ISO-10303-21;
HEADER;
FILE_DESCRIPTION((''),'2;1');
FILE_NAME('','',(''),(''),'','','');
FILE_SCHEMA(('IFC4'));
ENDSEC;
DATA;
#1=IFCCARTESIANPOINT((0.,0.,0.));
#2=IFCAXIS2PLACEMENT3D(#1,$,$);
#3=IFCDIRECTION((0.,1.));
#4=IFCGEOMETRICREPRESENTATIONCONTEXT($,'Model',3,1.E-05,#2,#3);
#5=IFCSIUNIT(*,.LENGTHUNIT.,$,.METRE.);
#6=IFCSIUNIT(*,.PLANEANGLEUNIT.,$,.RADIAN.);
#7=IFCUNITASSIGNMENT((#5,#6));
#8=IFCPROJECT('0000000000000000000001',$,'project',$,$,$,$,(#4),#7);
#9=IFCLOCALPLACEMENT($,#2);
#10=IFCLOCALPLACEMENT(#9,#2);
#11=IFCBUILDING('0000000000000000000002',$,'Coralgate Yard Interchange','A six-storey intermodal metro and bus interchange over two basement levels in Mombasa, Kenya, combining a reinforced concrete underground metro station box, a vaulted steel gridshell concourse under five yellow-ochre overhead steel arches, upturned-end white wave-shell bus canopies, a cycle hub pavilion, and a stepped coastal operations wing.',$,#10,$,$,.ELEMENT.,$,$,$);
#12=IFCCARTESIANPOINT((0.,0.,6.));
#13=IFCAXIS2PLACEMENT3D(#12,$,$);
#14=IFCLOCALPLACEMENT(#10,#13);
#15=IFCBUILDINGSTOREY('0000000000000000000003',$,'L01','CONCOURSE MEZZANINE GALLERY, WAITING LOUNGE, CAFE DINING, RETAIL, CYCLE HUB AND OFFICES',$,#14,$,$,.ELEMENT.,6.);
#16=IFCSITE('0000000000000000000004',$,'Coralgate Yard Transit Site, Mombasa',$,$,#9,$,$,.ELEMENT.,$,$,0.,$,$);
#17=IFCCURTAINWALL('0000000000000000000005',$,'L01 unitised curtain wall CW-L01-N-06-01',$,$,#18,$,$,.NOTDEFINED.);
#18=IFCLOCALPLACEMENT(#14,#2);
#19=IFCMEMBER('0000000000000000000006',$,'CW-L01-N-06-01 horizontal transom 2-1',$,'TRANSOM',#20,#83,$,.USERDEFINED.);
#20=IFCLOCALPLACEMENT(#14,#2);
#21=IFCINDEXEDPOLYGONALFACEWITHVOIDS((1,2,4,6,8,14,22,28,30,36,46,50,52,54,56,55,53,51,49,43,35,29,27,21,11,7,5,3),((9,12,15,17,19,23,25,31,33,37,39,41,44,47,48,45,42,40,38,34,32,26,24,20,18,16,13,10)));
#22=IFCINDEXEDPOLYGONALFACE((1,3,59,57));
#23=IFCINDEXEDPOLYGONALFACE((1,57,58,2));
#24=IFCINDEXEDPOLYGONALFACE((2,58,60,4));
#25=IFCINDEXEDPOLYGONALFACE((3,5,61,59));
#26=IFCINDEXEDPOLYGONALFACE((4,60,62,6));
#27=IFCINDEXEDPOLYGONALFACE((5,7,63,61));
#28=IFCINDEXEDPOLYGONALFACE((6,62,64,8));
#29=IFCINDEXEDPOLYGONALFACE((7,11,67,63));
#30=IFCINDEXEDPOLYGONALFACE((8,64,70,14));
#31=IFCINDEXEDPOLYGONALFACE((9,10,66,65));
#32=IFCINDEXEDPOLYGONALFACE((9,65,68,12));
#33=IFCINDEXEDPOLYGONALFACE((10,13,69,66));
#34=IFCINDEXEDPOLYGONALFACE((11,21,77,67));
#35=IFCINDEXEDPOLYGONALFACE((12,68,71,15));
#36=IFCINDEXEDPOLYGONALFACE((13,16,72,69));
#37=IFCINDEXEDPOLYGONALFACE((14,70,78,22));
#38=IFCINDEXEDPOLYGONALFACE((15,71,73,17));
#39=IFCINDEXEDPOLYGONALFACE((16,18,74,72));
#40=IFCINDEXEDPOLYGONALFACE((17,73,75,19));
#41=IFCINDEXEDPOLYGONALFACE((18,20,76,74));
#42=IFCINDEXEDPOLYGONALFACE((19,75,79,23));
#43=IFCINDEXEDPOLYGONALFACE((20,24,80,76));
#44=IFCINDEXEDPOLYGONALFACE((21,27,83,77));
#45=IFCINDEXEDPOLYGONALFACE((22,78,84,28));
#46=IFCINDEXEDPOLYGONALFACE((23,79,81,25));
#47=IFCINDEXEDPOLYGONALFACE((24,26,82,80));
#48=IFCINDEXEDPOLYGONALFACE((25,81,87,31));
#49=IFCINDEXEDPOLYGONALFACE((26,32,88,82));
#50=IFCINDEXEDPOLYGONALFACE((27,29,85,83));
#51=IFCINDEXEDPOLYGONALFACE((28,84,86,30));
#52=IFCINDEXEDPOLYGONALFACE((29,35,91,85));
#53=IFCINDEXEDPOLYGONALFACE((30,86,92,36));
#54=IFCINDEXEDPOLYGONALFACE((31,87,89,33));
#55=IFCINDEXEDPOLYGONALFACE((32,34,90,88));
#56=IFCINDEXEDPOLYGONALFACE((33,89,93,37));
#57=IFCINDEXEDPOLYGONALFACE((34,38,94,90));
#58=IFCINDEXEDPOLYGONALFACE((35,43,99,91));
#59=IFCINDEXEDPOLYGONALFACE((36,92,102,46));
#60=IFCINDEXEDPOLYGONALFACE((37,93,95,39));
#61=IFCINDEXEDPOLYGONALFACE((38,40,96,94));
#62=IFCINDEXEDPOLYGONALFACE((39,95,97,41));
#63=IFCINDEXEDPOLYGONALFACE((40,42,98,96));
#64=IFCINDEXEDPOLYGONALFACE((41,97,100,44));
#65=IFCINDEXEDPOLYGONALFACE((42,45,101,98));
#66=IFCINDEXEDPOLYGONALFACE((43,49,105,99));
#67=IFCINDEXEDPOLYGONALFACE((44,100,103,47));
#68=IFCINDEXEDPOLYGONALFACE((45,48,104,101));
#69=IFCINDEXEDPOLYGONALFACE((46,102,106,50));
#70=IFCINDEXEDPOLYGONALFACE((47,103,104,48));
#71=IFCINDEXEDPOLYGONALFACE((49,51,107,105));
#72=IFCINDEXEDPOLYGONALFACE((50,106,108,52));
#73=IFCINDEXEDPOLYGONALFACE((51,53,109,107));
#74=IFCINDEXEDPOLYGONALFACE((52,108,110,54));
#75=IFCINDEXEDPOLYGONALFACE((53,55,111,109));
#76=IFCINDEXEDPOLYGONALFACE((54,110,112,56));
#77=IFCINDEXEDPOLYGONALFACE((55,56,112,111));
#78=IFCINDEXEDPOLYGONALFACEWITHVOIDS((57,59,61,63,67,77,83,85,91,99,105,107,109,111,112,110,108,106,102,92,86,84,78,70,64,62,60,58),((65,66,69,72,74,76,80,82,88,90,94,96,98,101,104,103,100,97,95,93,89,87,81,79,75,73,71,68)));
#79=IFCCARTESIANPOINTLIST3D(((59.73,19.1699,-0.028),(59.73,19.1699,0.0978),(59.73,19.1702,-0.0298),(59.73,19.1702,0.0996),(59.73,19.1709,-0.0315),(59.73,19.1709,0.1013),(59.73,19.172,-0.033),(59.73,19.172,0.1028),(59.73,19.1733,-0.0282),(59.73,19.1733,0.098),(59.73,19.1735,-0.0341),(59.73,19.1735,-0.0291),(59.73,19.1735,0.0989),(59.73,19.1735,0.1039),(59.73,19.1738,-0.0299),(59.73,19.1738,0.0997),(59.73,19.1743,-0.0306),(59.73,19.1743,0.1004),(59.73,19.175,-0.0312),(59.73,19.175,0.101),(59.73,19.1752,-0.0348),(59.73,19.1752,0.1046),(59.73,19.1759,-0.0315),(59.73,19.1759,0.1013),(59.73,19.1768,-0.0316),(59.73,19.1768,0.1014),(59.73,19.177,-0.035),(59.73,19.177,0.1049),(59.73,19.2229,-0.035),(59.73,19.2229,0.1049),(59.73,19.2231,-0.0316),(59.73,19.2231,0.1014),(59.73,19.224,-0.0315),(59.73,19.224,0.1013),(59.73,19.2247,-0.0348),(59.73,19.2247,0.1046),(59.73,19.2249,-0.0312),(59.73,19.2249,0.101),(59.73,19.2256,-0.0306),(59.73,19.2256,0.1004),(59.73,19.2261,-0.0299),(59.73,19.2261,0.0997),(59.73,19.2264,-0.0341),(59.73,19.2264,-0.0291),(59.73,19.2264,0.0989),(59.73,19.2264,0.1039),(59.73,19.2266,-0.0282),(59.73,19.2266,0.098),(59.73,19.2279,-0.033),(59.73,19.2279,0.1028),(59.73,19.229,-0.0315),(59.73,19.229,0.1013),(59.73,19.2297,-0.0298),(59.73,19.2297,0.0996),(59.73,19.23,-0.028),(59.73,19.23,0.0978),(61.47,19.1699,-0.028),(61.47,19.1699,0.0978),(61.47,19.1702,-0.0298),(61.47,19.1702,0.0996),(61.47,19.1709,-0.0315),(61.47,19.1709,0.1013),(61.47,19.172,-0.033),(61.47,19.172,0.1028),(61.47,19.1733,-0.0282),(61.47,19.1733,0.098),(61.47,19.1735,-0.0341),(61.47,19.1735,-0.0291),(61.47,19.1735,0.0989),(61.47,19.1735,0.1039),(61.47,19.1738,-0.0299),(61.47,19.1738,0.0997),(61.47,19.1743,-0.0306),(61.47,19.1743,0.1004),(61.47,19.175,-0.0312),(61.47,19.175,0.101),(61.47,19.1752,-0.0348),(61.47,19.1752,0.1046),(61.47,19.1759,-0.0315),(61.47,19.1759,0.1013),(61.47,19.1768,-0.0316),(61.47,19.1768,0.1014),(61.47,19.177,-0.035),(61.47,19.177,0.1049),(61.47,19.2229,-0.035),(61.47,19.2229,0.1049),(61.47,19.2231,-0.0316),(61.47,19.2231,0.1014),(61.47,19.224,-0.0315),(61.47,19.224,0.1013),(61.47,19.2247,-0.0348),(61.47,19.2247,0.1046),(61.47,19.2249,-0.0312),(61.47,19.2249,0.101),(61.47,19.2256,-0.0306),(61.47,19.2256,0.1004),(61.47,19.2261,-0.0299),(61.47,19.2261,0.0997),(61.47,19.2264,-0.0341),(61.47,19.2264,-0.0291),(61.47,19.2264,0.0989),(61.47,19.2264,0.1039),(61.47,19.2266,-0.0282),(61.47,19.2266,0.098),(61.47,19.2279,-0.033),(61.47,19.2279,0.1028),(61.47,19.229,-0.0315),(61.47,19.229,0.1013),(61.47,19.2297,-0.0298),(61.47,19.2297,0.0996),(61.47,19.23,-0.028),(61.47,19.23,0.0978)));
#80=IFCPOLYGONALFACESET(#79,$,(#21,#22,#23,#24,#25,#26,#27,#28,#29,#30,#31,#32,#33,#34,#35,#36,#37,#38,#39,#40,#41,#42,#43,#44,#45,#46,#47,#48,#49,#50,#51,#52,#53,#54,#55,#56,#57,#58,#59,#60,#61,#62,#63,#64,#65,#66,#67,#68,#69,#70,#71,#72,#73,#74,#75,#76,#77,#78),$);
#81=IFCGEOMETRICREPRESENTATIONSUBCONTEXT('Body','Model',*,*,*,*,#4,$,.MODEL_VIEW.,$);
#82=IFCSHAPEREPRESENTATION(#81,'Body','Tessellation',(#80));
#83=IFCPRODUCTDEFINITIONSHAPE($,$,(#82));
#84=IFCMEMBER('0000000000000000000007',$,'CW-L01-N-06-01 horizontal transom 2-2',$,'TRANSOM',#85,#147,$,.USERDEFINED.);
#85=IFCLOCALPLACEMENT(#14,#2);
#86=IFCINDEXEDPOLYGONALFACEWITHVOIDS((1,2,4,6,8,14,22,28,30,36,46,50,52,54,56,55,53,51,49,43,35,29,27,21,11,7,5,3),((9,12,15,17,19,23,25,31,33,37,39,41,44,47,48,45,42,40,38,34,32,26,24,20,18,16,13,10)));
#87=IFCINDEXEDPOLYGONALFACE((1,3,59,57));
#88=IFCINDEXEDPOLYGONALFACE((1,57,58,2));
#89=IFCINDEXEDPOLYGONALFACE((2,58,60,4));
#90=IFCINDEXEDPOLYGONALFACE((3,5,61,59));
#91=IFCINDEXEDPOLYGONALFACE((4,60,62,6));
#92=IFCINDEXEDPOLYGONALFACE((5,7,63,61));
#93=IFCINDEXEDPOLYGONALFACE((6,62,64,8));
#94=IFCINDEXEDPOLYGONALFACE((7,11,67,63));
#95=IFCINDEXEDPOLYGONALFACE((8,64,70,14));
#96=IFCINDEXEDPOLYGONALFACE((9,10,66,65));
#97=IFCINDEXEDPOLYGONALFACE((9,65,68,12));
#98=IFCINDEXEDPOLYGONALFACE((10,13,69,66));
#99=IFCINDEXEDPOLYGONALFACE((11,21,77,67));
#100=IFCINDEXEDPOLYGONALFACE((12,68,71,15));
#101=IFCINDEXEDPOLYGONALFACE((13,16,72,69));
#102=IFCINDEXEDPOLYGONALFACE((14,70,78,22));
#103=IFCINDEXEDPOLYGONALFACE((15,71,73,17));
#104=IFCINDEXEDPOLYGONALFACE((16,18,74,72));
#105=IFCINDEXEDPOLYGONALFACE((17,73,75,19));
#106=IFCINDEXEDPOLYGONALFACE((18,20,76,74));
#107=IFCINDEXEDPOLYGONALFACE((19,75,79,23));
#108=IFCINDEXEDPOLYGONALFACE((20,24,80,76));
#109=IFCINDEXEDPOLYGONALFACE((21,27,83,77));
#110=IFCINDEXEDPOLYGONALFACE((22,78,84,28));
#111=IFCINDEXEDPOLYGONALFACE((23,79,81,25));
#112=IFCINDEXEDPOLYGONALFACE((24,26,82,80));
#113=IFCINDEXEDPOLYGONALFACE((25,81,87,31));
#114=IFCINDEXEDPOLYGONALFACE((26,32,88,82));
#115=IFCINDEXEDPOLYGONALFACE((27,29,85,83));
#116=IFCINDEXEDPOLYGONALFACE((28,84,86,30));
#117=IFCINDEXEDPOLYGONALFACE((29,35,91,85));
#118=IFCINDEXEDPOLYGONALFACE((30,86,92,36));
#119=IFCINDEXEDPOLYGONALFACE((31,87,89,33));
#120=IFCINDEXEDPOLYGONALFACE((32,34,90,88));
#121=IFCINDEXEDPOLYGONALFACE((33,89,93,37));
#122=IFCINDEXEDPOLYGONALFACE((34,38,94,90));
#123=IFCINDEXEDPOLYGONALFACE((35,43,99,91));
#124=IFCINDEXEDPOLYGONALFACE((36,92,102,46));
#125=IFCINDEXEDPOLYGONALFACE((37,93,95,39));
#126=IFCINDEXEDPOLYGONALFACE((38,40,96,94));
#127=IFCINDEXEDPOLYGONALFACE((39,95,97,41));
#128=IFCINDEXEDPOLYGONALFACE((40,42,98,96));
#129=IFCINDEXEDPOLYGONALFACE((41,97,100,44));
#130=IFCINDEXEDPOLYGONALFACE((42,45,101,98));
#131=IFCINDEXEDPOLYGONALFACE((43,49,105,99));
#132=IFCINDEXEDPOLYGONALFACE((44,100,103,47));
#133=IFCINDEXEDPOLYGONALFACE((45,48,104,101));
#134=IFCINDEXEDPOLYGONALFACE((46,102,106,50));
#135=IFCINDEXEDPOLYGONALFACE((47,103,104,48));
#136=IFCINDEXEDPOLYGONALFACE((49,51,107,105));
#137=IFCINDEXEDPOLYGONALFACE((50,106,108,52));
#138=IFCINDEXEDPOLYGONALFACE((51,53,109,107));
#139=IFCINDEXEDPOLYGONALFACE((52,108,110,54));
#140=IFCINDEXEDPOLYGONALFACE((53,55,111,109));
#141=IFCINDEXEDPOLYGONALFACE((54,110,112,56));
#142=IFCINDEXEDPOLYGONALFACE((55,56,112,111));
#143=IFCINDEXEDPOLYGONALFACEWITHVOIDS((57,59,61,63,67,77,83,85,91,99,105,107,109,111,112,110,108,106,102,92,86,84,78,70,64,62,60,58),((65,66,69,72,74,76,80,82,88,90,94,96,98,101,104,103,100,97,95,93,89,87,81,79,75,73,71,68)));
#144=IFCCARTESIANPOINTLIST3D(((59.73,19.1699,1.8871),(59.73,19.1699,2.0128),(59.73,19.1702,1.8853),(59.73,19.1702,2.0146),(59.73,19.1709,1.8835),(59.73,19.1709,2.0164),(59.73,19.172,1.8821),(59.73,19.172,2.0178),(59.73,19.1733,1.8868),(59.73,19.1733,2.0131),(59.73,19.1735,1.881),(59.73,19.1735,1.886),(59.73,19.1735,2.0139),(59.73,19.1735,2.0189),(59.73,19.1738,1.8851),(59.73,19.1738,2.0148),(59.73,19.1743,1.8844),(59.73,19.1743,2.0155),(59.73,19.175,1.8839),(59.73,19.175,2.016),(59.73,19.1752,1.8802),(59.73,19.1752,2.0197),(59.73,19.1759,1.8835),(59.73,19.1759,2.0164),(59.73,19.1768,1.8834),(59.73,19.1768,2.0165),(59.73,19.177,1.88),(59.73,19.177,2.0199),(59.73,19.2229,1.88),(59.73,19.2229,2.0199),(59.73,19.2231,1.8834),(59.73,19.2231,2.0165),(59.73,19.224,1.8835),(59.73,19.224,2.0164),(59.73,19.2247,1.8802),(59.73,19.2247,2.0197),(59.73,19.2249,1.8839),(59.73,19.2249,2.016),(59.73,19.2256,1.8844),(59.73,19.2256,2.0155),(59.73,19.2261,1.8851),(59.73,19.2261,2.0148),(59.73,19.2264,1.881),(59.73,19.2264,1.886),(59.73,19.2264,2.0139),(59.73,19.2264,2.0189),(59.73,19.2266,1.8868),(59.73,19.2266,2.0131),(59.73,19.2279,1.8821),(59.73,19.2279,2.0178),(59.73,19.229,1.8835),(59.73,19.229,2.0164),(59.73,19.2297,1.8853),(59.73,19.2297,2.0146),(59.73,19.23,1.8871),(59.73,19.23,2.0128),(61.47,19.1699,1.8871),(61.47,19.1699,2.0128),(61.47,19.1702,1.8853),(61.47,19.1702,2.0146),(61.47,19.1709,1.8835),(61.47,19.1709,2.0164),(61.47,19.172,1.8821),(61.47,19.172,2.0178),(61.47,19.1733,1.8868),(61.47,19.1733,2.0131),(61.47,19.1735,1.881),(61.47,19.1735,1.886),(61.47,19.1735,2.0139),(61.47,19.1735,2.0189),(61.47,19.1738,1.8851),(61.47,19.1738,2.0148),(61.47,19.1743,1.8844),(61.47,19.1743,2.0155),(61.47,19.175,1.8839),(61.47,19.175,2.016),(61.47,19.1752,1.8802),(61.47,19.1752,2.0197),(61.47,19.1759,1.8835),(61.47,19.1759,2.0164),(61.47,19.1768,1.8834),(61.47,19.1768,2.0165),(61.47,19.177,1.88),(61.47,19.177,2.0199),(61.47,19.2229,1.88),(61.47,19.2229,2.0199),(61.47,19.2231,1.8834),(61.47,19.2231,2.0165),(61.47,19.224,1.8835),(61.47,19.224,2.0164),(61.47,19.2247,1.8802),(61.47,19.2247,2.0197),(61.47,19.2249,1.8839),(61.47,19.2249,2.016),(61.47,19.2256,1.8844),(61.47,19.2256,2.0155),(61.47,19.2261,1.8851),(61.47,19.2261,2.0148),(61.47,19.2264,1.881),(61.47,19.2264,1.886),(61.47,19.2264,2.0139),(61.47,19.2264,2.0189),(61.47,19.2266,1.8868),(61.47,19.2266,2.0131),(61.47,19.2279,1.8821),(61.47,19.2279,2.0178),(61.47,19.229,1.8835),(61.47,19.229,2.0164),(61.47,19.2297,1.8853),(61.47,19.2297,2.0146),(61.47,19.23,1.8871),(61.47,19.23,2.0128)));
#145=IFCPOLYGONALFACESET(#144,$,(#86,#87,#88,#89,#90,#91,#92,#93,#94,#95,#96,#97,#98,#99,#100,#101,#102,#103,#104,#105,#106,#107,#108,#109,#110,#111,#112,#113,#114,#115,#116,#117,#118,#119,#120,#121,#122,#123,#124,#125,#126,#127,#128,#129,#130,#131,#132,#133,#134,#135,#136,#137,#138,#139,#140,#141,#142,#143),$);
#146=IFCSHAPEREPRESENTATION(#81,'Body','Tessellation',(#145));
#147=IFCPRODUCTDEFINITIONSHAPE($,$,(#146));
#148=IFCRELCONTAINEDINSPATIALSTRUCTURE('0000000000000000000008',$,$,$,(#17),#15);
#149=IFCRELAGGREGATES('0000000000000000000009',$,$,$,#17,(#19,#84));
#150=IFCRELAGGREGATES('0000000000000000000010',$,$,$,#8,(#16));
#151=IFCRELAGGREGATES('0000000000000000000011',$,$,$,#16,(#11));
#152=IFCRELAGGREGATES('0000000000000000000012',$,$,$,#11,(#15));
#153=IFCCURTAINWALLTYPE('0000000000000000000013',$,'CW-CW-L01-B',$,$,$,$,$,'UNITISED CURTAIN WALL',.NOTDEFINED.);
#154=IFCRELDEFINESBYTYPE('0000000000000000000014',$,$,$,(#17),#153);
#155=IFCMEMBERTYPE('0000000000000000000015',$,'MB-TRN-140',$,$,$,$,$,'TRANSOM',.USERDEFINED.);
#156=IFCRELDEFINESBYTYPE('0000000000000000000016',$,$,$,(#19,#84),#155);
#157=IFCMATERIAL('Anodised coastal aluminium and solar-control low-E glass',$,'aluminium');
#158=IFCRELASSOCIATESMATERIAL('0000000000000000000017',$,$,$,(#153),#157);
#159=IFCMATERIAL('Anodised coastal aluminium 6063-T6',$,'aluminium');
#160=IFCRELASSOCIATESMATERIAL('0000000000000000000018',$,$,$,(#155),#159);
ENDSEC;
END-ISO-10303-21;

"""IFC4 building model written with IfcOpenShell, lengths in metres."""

from ifc_helpers import new_model, si_unit, direction, frame, origin, origin_2d, place, context, subcontext, project, spatial, hollow_rectangle, extrude, material, material_profile, profile_set, type_object, element, aggregate, save


model = new_model("IFC4")

# Units and contexts
model_context = context("Model", 3, precision=1e-05, world=origin(), true_north=direction((0.0, 1.0)))
body_context = subcontext(model_context, "Body", "Model", "MODEL_VIEW")
ifc_project = project(units=[si_unit("LENGTHUNIT", "METRE"), si_unit("PLANEANGLEUNIT", "RADIAN")], contexts=[model_context])

# Site, building, storey
site_placement = place(None, origin())
site = spatial("IfcSite", under=ifc_project, at=site_placement, Name="Coralgate Yard Transit Site, Mombasa", CompositionType="ELEMENT", RefElevation=0.0)
building_placement = place(site_placement, origin())
building = spatial("IfcBuilding", under=site, at=building_placement, Name="Coralgate Yard Interchange", Description="A six-storey intermodal metro and bus interchange over two basement levels in Mombasa, Kenya, combining a reinforced concrete underground metro station box, a vaulted steel gridshell concourse under five yellow-ochre overhead steel arches, upturned-end white wave-shell bus canopies, a cycle hub pavilion, and a stepped coastal operations wing.", CompositionType="ELEMENT")
storey_placement = place(building_placement, frame((0.0, 0.0, 6.0)))
storey = spatial("IfcBuildingStorey", under=building, at=storey_placement, Name="L01", Description="CONCOURSE MEZZANINE GALLERY, WAITING LOUNGE, CAFE DINING, RETAIL, CYCLE HUB AND OFFICES", CompositionType="ELEMENT", Elevation=6.0)

# Curtain wall, members
ifc_material_1 = material(Name="Anodised coastal aluminium and solar-control low-E glass", Category="aluminium")
curtain_wall_type = type_object("IfcCurtainWallType", Name="CW-CW-L01-B", ElementType="UNITISED CURTAIN WALL", PredefinedType="NOTDEFINED", material=ifc_material_1)
curtain_wall_placement = place(storey_placement, origin())
curtain_wall = element("IfcCurtainWall", 1, at=curtain_wall_placement, inside=storey, type_object=curtain_wall_type, Name="L01 unitised curtain wall CW-L01-N-06-01", PredefinedType="NOTDEFINED")
ifc_material_2 = material(Name="Anodised coastal aluminium 6063-T6", Category="aluminium")
ifc_material_profile_1 = material_profile(ifc_material_2, hollow_rectangle(XDim=0.0601, YDim=0.1399, WallThickness=0.0034, InnerFilletRadius=0.0034, OuterFilletRadius=0.0071, at=origin_2d()), Name="ALU 60x140x3.5")
ifc_profile_set_1 = profile_set([ifc_material_profile_1], Name="Anodised coastal aluminium 6063-T6")
member_type_1 = type_object("IfcMemberType", Name="MB-TRN-140", ElementType="TRANSOM", PredefinedType="USERDEFINED", material=ifc_profile_set_1)
member_1_placement = place(storey_placement, frame((59.73, 19.2, 0.0349), z_axis=(1.0, 0.0, 0.0), x_axis=(0.0, 1.0, 0.0)))
member_1 = element("IfcMember", 2, at=member_1_placement, type_object=member_type_1, Name="CW-L01-N-06-01 horizontal transom 2-1", ObjectType="TRANSOM", PredefinedType="USERDEFINED", context=body_context, shape_type="SweptSolid", body=[
    extrude(hollow_rectangle(XDim=0.0601, YDim=0.1399, WallThickness=0.0034, InnerFilletRadius=0.0034, OuterFilletRadius=0.0071, at=origin_2d()), origin(), (0.0, 0.0, 1.0), 1.74),
])
member_2_placement = place(storey_placement, frame((59.73, 19.2, 1.95), z_axis=(1.0, 0.0, 0.0), x_axis=(0.0, 1.0, 0.0)))
member_2 = element("IfcMember", 3, at=member_2_placement, type_object=member_type_1, Name="CW-L01-N-06-01 horizontal transom 2-2", ObjectType="TRANSOM", PredefinedType="USERDEFINED", context=body_context, shape_type="SweptSolid", body=[
    extrude(hollow_rectangle(XDim=0.0601, YDim=0.1399, WallThickness=0.0034, InnerFilletRadius=0.0034, OuterFilletRadius=0.0071, at=origin_2d()), origin(), (0.0, 0.0, 1.0), 1.74),
])
aggregate(curtain_wall, [member_1, member_2])

save(model, "model.ifc")
